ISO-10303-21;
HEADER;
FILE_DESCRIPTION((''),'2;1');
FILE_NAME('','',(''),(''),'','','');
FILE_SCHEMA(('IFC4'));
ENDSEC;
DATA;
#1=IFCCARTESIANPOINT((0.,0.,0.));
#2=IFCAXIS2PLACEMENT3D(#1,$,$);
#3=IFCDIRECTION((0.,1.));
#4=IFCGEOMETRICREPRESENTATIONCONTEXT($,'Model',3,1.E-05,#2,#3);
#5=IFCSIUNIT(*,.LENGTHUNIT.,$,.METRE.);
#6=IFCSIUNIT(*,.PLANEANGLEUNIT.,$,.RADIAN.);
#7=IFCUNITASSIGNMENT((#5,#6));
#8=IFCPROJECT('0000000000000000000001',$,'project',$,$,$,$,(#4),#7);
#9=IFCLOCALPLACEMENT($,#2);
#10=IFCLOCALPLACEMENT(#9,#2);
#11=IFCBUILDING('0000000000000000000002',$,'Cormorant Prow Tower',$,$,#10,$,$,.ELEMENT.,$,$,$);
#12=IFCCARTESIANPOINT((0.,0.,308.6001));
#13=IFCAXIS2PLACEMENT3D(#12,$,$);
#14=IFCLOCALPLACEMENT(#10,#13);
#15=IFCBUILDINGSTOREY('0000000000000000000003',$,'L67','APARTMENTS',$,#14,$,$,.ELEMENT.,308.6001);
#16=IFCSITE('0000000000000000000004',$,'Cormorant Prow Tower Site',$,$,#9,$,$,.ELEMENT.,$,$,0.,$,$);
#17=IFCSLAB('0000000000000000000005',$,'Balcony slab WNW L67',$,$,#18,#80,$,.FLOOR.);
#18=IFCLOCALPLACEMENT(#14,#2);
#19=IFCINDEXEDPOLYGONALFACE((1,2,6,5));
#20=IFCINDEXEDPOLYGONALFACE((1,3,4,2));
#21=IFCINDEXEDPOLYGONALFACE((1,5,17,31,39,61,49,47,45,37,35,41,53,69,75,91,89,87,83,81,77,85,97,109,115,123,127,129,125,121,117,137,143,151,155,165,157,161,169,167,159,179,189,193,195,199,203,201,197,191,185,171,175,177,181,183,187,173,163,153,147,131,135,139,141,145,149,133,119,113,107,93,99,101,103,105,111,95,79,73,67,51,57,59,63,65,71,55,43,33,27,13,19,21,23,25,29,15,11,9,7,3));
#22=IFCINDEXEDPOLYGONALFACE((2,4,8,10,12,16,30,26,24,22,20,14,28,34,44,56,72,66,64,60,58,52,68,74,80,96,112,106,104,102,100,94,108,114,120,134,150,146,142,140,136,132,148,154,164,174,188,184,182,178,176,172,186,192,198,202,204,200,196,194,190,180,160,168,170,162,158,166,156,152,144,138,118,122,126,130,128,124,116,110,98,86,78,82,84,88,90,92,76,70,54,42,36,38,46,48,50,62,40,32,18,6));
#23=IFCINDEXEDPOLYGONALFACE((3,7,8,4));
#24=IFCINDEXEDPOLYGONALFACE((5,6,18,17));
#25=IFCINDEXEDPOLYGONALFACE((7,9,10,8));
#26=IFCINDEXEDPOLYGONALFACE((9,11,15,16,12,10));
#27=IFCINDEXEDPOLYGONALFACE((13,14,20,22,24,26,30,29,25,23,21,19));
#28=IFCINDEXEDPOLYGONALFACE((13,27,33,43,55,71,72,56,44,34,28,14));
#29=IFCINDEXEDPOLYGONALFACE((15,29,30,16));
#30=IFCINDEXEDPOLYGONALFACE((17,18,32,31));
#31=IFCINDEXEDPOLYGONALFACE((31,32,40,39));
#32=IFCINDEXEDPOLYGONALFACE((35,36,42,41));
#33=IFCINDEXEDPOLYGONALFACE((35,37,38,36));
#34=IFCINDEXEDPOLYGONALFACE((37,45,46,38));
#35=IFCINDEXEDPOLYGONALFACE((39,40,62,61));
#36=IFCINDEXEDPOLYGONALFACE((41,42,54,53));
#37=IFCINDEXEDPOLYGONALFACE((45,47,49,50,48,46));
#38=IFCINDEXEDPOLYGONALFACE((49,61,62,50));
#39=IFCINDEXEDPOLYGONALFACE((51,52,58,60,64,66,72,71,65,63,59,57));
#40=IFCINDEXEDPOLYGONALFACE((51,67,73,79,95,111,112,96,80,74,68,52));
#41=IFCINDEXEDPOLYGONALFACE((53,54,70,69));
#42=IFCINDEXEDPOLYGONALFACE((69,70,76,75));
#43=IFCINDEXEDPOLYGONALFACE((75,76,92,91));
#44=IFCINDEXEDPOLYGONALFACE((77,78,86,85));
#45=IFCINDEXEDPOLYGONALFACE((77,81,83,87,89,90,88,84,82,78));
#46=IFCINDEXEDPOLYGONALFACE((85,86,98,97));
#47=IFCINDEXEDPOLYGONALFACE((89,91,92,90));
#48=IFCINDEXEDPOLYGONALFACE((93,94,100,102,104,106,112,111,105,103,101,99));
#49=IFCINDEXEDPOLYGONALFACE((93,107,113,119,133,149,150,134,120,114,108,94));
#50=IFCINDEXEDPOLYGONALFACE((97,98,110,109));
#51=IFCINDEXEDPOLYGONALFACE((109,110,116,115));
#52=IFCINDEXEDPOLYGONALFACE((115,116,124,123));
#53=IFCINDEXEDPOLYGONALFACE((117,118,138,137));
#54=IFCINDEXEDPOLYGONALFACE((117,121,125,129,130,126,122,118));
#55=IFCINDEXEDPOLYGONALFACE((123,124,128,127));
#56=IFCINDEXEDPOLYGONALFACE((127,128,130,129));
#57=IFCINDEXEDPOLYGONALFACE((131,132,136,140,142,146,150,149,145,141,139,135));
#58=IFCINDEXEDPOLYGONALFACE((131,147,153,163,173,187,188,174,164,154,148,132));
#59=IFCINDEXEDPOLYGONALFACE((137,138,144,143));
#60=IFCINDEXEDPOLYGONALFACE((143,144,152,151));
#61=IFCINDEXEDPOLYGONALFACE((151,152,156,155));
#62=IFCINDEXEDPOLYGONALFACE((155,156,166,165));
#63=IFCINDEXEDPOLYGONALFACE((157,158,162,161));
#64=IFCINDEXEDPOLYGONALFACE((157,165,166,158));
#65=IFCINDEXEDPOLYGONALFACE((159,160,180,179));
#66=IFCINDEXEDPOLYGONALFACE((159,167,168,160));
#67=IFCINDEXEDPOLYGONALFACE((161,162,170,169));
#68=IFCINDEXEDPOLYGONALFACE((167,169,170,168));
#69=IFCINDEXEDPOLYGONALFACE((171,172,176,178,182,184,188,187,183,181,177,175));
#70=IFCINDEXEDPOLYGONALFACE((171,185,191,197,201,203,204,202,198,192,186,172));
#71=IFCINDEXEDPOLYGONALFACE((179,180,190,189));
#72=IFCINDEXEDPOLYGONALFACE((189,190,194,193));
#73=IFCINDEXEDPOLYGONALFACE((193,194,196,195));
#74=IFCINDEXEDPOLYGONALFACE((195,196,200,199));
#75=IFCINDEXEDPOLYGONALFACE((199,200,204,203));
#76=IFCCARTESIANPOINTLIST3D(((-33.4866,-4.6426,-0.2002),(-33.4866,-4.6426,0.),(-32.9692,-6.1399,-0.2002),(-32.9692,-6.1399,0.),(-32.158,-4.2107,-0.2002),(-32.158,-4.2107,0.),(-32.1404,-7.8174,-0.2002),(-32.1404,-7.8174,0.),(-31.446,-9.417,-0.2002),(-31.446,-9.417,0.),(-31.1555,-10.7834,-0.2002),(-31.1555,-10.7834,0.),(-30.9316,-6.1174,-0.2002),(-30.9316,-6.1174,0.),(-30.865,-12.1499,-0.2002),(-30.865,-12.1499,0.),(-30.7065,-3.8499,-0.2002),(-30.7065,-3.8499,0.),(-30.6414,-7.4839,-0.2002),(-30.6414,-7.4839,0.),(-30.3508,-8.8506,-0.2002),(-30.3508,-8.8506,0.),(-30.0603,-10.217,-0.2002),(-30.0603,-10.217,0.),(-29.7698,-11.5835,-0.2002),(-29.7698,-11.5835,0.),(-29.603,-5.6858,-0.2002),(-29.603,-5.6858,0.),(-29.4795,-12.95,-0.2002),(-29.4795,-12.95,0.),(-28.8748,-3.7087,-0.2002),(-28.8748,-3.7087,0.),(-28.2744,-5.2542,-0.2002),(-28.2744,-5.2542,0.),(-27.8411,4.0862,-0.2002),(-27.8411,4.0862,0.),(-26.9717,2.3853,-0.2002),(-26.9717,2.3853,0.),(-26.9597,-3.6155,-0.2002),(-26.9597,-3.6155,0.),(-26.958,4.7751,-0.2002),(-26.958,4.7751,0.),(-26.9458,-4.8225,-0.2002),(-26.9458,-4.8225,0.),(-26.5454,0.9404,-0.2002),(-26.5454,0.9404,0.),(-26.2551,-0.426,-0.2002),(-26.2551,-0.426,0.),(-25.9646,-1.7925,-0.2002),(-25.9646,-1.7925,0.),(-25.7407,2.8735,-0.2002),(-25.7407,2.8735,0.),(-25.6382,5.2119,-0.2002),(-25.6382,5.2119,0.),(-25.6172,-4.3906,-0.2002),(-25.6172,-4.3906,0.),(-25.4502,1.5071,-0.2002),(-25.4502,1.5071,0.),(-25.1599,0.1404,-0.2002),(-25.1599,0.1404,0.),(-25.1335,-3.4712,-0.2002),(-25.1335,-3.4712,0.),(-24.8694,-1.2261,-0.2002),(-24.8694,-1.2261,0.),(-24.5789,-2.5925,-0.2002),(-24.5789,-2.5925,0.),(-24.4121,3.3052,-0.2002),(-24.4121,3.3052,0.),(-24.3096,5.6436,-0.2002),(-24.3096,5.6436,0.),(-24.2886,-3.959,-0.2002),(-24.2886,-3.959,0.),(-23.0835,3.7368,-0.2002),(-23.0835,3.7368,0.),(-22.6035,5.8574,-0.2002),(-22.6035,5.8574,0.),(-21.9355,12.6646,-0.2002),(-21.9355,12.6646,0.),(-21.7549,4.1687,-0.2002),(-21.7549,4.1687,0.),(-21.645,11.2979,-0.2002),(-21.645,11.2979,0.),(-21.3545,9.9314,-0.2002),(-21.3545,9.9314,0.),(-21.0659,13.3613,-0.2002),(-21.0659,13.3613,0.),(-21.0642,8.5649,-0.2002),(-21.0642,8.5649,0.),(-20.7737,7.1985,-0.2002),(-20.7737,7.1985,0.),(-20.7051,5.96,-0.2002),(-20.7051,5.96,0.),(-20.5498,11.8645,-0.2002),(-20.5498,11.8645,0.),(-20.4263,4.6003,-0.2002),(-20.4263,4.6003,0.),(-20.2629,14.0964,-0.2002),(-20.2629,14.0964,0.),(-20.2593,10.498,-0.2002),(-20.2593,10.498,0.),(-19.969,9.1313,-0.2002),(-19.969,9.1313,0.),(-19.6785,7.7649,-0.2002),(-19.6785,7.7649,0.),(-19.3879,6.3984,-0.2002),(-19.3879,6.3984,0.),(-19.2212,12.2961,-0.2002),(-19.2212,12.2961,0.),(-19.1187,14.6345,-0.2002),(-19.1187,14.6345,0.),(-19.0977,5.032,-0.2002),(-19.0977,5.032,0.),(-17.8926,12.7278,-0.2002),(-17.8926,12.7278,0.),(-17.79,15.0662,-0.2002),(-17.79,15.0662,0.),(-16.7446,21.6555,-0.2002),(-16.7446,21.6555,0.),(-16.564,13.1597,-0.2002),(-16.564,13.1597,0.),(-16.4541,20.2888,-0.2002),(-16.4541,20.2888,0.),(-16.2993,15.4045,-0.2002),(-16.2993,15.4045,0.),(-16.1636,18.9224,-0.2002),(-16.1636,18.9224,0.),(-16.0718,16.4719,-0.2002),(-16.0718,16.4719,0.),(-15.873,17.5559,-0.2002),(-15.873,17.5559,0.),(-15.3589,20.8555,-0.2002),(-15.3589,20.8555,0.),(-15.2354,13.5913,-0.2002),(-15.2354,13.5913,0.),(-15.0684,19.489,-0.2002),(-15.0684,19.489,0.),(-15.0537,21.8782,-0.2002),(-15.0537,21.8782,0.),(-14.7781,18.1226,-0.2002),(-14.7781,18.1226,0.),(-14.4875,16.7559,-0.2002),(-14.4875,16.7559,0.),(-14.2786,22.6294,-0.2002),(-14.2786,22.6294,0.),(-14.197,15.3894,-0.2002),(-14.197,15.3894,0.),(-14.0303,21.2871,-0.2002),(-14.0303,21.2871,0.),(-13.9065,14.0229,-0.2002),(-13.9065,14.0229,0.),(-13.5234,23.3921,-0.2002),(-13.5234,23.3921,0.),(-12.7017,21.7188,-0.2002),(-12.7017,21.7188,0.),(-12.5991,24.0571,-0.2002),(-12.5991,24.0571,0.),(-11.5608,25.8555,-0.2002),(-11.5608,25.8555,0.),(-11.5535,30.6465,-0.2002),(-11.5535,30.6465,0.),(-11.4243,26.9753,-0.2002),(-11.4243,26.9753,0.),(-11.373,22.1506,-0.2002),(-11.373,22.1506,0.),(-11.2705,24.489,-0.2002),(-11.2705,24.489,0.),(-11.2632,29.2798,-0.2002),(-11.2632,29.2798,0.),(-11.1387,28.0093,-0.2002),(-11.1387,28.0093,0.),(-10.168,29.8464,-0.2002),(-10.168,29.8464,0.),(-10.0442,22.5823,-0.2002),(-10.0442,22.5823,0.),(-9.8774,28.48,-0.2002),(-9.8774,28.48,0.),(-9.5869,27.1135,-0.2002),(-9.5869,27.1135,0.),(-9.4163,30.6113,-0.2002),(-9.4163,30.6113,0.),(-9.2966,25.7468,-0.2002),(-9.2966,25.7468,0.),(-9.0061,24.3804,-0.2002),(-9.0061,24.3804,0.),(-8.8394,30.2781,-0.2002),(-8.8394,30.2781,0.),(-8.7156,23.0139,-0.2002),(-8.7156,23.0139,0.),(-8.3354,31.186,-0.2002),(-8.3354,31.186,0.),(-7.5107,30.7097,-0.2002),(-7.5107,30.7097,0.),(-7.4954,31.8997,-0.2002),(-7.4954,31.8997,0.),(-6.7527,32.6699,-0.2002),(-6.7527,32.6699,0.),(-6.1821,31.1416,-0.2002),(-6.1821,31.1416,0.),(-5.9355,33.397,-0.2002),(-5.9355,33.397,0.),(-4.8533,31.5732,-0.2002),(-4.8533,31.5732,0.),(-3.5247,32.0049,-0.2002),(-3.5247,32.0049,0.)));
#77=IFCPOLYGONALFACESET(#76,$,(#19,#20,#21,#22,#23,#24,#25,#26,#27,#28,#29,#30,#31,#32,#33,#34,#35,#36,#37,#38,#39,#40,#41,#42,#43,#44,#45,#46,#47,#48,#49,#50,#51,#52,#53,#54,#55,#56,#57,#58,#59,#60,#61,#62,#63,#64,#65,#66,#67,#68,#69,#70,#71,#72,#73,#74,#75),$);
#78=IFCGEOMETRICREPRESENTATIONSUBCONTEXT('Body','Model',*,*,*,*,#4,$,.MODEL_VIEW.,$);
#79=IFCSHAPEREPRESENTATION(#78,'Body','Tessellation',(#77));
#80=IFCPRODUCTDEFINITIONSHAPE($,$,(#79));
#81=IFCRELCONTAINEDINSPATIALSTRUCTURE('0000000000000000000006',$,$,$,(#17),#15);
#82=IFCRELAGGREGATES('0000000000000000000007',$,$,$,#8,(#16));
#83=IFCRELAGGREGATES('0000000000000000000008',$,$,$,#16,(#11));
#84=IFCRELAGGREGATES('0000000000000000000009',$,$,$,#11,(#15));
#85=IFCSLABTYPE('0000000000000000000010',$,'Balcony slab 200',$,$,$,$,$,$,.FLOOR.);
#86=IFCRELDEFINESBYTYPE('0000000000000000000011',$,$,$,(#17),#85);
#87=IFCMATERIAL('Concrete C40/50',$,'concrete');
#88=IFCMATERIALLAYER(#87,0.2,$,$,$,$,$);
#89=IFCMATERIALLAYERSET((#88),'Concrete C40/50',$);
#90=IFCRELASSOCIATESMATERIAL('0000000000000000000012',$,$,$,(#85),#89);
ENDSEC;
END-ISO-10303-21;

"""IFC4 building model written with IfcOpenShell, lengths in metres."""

from ifc_helpers import new_model, si_unit, direction, frame, origin, place, context, subcontext, project, spatial, polyline, outline, extrude, material, layer, layer_set, type_object, element, save


model = new_model("IFC4")

# Units and contexts
model_context = context("Model", 3, precision=1e-05, world=origin(), true_north=direction((0.0, 1.0)))
body_context = subcontext(model_context, "Body", "Model", "MODEL_VIEW")
ifc_project = project(units=[si_unit("LENGTHUNIT", "METRE"), si_unit("PLANEANGLEUNIT", "RADIAN")], contexts=[model_context])

# Site, building, storey
site_placement = place(None, origin())
site = spatial("IfcSite", under=ifc_project, at=site_placement, Name="Cormorant Prow Tower Site", CompositionType="ELEMENT", RefElevation=0.0)
building_placement = place(site_placement, origin())
building = spatial("IfcBuilding", under=site, at=building_placement, Name="Cormorant Prow Tower", CompositionType="ELEMENT")
storey_placement = place(building_placement, frame((0.0, 0.0, 308.6001)))
storey = spatial("IfcBuildingStorey", under=building, at=storey_placement, Name="L67", Description="APARTMENTS", CompositionType="ELEMENT", Elevation=308.6001)

# Slab
ifc_material_1 = material(Name="Concrete C40/50", Category="concrete")
ifc_layer_1 = layer(ifc_material_1, 0.2)
ifc_layer_set_1 = layer_set([ifc_layer_1], Name="Concrete C40/50")
slab_type_1 = type_object("IfcSlabType", Name="Balcony slab 200", PredefinedType="FLOOR", material=ifc_layer_set_1)
slab_1_placement = place(storey_placement, frame((0.0, 0.0, -0.2002)))
element("IfcSlab", 1, at=slab_1_placement, inside=storey, type_object=slab_type_1, Name="Balcony slab WNW L67", PredefinedType="FLOOR", context=body_context, shape_type="SweptSolid", body=[
    extrude(outline(polyline([(-3.5247, 32.0049), (-5.9355, 33.397), (-6.7527, 32.6699), (-7.4954, 31.8997), (-8.3354, 31.186), (-9.4163, 30.6113), (-11.5535, 30.6465), (-11.2632, 29.2798), (-11.1387, 28.0093), (-11.4243, 26.9753), (-11.5608, 25.8555), (-11.2705, 24.489), (-12.5991, 24.0571), (-13.5234, 23.3921), (-14.2786, 22.6294), (-15.0537, 21.8782), (-16.7446, 21.6555), (-16.4541, 20.2888), (-16.1636, 18.9224), (-15.873, 17.5559), (-16.0718, 16.4719), (-16.2993, 15.4045), (-17.79, 15.0662), (-19.1187, 14.6345), (-20.2629, 14.0964), (-21.0659, 13.3613), (-21.9355, 12.6646), (-21.645, 11.2979), (-21.3545, 9.9314), (-21.0642, 8.5649), (-20.7737, 7.1985), (-20.7051, 5.96), (-22.6035, 5.8574), (-24.3096, 5.6436), (-25.6382, 5.2119), (-26.958, 4.7751), (-27.8411, 4.0862), (-26.9717, 2.3853), (-26.5454, 0.9404), (-26.2551, -0.426), (-25.9646, -1.7925), (-25.1335, -3.4712), (-26.9597, -3.6155), (-28.8748, -3.7087), (-30.7065, -3.8499), (-32.158, -4.2107), (-33.4866, -4.6426), (-32.9692, -6.1399), (-32.1404, -7.8174), (-31.446, -9.417), (-31.1555, -10.7834), (-30.865, -12.1499), (-29.4795, -12.95), (-29.7698, -11.5835), (-30.0603, -10.217), (-30.3508, -8.8506), (-30.6414, -7.4839), (-30.9316, -6.1174), (-29.603, -5.6858), (-28.2744, -5.2542), (-26.9458, -4.8225), (-25.6172, -4.3906), (-24.2886, -3.959), (-24.5789, -2.5925), (-24.8694, -1.2261), (-25.1599, 0.1404), (-25.4502, 1.5071), (-25.7407, 2.8735), (-24.4121, 3.3052), (-23.0835, 3.7368), (-21.7549, 4.1687), (-20.4263, 4.6003), (-19.0977, 5.032), (-19.3879, 6.3984), (-19.6785, 7.7649), (-19.969, 9.1313), (-20.2593, 10.498), (-20.5498, 11.8645), (-19.2212, 12.2961), (-17.8926, 12.7278), (-16.564, 13.1597), (-15.2354, 13.5913), (-13.9065, 14.0229), (-14.197, 15.3894), (-14.4875, 16.7559), (-14.7781, 18.1226), (-15.0684, 19.489), (-15.3589, 20.8555), (-14.0303, 21.2871), (-12.7017, 21.7188), (-11.373, 22.1506), (-10.0442, 22.5823), (-8.7156, 23.0139), (-9.0061, 24.3804), (-9.2966, 25.7468), (-9.5869, 27.1135), (-9.8774, 28.48), (-10.168, 29.8464), (-8.8394, 30.2781), (-7.5107, 30.7097), (-6.1821, 31.1416), (-4.8533, 31.5732), (-3.5247, 32.0049)])), origin(), (0.0, 0.0, 1.0), 0.2002),
])

save(model, "model.ifc")
